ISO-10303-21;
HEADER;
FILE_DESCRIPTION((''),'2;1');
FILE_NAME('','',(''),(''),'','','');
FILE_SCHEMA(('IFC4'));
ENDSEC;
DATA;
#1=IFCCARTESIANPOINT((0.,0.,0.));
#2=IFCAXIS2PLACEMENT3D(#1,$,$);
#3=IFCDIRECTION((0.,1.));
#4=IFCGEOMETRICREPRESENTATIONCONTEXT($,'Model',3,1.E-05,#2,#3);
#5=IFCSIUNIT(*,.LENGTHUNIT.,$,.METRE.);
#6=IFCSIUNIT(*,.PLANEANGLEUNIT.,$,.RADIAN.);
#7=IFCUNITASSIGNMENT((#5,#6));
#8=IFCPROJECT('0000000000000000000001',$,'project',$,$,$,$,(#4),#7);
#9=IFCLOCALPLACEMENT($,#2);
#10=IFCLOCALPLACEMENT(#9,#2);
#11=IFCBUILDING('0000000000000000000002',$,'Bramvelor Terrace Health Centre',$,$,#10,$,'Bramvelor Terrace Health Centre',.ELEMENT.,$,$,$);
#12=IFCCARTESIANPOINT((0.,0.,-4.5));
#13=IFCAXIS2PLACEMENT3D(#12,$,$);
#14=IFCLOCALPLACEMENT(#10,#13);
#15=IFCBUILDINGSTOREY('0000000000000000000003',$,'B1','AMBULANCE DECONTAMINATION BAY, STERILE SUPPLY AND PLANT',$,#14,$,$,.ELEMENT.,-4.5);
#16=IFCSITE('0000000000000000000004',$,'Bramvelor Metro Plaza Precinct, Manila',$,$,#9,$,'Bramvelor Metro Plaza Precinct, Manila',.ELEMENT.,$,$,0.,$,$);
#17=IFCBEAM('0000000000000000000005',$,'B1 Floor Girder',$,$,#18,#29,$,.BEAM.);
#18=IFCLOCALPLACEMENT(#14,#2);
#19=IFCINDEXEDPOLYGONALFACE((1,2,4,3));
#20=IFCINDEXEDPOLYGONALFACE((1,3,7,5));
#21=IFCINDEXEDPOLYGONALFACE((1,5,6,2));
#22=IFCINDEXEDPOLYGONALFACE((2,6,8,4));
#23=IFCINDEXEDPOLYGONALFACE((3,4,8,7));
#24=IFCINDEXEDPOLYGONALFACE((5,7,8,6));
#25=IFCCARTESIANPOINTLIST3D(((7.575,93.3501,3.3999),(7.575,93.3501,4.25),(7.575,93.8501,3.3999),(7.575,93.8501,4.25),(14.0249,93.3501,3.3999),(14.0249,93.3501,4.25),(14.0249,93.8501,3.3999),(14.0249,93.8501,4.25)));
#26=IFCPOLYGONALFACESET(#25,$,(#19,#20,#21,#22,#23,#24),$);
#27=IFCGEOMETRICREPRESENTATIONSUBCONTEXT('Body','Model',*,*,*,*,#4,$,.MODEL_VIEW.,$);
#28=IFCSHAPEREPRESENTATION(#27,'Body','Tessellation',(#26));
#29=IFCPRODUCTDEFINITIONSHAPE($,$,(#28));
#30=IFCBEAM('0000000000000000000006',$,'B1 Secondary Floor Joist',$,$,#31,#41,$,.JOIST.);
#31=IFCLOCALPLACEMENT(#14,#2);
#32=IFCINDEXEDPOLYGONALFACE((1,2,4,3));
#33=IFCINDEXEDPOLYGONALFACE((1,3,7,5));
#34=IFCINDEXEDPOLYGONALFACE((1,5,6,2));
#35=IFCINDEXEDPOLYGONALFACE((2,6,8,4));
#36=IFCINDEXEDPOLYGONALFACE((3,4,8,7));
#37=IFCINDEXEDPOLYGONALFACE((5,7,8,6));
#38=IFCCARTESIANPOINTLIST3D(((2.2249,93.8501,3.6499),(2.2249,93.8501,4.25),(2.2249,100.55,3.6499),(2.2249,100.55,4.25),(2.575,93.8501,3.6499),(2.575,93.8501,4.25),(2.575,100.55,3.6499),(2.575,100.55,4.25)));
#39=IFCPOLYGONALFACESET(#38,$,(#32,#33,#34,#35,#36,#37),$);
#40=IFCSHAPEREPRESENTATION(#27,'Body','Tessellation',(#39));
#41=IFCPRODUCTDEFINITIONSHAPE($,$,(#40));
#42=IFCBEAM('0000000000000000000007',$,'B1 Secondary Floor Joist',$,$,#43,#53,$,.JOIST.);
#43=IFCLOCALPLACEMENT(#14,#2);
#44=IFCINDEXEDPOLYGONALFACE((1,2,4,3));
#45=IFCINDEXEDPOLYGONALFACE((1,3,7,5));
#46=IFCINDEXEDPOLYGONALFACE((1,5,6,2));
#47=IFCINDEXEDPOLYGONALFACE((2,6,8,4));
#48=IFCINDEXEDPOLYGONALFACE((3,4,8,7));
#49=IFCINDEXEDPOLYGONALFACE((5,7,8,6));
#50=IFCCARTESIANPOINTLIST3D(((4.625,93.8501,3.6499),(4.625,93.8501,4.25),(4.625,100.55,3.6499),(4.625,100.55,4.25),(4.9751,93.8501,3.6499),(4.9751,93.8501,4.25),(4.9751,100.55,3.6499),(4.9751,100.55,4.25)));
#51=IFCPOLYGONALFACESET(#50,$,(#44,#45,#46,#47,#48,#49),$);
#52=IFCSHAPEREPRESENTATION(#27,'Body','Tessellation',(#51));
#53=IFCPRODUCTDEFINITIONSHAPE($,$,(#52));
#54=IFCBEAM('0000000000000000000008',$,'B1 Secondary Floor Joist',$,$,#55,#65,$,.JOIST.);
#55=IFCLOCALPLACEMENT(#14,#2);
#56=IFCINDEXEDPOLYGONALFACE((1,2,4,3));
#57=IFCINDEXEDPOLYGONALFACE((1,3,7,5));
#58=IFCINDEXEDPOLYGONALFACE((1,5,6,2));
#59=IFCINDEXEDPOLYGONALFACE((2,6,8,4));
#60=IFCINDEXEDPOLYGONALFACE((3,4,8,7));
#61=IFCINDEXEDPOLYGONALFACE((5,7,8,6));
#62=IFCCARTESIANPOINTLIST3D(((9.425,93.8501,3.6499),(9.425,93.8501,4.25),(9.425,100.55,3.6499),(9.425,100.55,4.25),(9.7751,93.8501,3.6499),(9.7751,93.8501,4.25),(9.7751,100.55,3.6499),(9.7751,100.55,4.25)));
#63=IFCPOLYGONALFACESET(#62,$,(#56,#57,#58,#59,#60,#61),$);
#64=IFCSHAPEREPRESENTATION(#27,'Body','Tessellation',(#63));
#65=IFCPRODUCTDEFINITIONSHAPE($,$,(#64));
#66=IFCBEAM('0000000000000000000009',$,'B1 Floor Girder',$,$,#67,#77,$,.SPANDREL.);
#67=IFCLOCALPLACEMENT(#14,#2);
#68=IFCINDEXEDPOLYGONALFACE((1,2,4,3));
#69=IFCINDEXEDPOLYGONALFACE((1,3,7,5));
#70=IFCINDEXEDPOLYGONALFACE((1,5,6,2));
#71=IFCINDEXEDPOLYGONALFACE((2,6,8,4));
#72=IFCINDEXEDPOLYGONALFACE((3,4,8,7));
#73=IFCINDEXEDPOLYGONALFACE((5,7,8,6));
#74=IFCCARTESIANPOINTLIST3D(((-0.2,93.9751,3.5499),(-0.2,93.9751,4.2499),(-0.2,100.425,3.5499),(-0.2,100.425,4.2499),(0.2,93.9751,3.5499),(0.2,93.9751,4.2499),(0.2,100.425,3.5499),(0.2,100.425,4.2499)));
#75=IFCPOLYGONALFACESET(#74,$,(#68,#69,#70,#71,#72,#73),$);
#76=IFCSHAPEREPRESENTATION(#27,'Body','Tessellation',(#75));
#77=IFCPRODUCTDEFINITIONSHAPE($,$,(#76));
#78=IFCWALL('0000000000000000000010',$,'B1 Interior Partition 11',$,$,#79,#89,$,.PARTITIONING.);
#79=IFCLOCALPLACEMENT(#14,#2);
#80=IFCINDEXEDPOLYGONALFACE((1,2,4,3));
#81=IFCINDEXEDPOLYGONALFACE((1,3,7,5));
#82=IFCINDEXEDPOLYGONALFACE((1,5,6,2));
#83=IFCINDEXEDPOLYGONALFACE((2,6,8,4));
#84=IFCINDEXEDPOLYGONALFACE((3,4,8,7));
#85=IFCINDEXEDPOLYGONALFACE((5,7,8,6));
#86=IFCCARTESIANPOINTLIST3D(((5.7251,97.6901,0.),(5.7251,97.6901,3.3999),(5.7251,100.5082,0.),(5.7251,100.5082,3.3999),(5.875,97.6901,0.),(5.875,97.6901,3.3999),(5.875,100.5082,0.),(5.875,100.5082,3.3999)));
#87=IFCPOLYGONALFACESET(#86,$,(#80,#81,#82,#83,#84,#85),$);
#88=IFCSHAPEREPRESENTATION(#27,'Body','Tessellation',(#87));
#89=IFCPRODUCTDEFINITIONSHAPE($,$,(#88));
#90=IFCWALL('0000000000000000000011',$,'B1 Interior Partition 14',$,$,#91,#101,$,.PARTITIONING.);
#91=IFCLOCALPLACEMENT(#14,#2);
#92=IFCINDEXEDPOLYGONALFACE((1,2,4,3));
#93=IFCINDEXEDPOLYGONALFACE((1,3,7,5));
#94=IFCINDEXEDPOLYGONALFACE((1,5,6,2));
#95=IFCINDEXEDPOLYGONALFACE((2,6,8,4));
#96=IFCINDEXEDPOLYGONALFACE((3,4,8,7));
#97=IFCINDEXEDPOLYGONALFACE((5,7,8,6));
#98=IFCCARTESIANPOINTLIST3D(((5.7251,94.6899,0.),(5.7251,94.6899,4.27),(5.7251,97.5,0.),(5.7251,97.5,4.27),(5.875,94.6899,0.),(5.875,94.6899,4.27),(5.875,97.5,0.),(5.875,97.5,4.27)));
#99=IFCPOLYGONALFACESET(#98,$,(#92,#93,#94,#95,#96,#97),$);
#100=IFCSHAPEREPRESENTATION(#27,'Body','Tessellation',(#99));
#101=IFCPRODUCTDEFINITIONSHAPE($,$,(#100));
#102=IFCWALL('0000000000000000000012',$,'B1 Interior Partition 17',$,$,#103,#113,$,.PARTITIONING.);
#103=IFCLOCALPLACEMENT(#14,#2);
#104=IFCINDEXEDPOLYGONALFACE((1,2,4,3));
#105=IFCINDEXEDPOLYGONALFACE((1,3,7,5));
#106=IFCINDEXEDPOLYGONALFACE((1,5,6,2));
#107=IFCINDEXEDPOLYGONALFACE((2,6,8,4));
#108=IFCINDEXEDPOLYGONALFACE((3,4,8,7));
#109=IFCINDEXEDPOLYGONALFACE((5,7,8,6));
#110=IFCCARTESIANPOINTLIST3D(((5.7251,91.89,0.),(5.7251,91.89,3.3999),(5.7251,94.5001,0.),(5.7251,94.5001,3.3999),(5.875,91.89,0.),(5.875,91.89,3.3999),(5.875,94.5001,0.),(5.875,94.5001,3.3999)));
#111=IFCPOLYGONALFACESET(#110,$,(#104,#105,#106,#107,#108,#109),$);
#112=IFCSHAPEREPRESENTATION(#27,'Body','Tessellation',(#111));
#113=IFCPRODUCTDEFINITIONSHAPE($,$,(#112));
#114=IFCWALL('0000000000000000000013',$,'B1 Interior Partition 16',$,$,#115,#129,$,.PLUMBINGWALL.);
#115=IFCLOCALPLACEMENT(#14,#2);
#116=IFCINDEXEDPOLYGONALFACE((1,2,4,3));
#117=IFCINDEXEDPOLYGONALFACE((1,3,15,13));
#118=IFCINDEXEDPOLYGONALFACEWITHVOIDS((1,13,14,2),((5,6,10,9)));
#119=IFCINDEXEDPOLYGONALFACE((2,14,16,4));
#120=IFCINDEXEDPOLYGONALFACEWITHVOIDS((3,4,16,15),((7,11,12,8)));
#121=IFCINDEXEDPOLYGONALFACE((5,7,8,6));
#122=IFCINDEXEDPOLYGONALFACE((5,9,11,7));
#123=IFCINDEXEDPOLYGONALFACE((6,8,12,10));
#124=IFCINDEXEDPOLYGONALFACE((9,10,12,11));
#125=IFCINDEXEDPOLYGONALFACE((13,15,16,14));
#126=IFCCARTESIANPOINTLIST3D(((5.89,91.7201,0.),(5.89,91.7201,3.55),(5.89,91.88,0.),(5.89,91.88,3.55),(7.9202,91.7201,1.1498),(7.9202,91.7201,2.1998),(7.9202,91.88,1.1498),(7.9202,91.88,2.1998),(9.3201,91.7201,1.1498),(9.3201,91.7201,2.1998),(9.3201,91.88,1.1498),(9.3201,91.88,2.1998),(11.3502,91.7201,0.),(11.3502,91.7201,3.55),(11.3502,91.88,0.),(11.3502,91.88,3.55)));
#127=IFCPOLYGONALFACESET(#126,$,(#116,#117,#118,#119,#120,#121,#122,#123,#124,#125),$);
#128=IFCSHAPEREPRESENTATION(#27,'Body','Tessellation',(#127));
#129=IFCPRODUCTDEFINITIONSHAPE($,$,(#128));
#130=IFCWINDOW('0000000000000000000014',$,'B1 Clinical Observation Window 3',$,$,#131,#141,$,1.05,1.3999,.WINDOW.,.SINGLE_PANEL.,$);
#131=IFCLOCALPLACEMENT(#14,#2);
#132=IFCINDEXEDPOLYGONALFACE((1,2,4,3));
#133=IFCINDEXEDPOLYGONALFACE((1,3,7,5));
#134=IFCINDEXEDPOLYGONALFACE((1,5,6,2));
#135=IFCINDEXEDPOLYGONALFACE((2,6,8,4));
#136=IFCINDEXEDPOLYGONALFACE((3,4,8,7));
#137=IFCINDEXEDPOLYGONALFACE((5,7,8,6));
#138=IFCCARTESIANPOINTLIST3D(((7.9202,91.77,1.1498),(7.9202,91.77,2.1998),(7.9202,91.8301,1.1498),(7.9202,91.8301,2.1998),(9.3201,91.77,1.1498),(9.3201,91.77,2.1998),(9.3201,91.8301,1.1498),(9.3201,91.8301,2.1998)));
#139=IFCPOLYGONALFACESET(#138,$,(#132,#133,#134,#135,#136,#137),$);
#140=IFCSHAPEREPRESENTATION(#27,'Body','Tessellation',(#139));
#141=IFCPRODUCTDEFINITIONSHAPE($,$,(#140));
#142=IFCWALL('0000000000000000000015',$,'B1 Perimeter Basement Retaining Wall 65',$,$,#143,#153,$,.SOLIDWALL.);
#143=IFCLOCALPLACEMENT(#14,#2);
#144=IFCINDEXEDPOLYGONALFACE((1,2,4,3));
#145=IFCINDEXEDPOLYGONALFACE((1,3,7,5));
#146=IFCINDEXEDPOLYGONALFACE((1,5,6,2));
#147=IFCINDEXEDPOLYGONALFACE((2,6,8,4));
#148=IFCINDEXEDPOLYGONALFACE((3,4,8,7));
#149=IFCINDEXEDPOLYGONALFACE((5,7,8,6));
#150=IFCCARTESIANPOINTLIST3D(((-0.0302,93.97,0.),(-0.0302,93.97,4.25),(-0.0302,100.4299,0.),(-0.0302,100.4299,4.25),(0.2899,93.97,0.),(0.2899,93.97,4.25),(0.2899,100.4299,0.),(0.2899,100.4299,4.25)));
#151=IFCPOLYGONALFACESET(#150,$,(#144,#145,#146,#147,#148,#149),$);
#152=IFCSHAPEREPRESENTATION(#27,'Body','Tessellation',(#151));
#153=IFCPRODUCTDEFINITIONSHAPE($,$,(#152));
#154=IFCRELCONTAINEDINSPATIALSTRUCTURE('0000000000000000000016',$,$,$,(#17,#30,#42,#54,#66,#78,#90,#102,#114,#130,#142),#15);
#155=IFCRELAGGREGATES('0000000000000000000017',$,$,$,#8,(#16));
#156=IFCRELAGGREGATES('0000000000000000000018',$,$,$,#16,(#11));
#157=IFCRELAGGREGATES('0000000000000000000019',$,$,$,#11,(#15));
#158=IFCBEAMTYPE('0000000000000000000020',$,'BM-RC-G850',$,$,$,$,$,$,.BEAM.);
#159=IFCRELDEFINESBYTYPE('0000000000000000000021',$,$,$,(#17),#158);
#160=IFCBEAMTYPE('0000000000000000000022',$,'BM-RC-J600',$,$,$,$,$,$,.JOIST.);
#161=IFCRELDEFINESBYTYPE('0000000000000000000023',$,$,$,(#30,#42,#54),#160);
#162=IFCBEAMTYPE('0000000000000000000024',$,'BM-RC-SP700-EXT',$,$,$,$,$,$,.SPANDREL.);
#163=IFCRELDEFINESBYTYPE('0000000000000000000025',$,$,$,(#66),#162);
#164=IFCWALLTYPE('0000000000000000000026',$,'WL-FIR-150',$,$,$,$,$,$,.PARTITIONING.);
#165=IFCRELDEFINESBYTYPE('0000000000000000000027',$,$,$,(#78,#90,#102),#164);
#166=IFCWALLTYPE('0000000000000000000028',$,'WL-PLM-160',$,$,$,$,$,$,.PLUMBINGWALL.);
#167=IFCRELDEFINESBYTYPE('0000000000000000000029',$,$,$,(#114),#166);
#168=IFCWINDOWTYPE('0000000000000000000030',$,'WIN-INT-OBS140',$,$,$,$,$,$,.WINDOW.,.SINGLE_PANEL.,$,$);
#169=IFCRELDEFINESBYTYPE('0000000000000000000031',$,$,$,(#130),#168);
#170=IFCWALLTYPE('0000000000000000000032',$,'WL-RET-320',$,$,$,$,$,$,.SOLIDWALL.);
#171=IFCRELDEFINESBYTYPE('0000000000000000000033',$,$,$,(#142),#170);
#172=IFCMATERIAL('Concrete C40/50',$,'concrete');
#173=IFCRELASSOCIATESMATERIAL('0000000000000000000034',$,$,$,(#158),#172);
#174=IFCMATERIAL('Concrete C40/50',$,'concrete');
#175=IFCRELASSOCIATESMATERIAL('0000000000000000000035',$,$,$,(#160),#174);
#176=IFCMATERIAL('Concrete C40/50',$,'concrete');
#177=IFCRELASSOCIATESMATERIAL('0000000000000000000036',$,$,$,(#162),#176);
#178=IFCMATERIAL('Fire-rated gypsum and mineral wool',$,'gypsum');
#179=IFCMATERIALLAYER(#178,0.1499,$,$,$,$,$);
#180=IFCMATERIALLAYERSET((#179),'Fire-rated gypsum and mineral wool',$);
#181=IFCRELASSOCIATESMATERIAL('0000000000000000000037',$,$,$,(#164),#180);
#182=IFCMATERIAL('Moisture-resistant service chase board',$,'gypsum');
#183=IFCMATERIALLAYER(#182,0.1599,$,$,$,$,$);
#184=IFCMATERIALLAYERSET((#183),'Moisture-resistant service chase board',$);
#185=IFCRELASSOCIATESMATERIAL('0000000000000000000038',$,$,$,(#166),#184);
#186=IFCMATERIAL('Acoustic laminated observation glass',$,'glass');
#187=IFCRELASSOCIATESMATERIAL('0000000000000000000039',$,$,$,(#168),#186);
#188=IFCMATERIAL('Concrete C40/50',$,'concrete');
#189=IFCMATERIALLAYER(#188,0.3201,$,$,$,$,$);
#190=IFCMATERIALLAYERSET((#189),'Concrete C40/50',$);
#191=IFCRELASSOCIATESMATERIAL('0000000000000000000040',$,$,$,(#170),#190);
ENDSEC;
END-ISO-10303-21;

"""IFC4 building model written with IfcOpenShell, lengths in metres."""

from ifc_helpers import new_model, si_unit, direction, frame, frame_2d, origin, origin_2d, place, context, subcontext, project, spatial, rectangle, extrude, material, layer, layer_set, material_profile, profile_set, type_object, element, fill, save


model = new_model("IFC4")

# Units and contexts
model_context = context("Model", 3, precision=1e-05, world=origin(), true_north=direction((0.0, 1.0)))
body_context = subcontext(model_context, "Body", "Model", "MODEL_VIEW")
ifc_project = project(units=[si_unit("LENGTHUNIT", "METRE"), si_unit("PLANEANGLEUNIT", "RADIAN")], contexts=[model_context])

# Site, building, storey
site_placement = place(None, origin())
site = spatial("IfcSite", under=ifc_project, at=site_placement, Name="Bramvelor Metro Plaza Precinct, Manila", LongName="Bramvelor Metro Plaza Precinct, Manila", CompositionType="ELEMENT", RefElevation=0.0)
building_placement = place(site_placement, origin())
building = spatial("IfcBuilding", under=site, at=building_placement, Name="Bramvelor Terrace Health Centre", LongName="Bramvelor Terrace Health Centre", CompositionType="ELEMENT")
storey_placement = place(building_placement, frame((0.0, 0.0, -4.5)))
storey = spatial("IfcBuildingStorey", under=building, at=storey_placement, Name="B1", Description="AMBULANCE DECONTAMINATION BAY, STERILE SUPPLY AND PLANT", CompositionType="ELEMENT", Elevation=-4.5)

# Beams
ifc_material_1 = material(Name="Concrete C40/50", Category="concrete")
ifc_material_profile_1 = material_profile(ifc_material_1, rectangle(XDim=0.5, YDim=0.8501, at=origin_2d()), Name="RC 500x850")
ifc_profile_set_1 = profile_set([ifc_material_profile_1], Name="Concrete C40/50")
beam_type_1 = type_object("IfcBeamType", Name="BM-RC-G850", PredefinedType="BEAM", material=ifc_profile_set_1)
for number, where, z_axis, x_axis, name in (
    (1, (7.575, 93.6001, 3.825), (1.0, 0.0, 0.0), (0.0, 1.0, 0.0), "B1 Floor Girder"),
):
    element("IfcBeam", number, at=place(storey_placement, frame(where, z_axis=z_axis, x_axis=x_axis)), inside=storey, type_object=beam_type_1, Name=name, PredefinedType="BEAM", context=body_context, shape_type="SweptSolid", body=[
        extrude(rectangle(XDim=0.5, YDim=0.8501, at=origin_2d()), origin(), (0.0, 0.0, 1.0), 6.45),
    ])
ifc_material_2 = material(Name="Concrete C40/50", Category="concrete")
ifc_material_profile_2 = material_profile(ifc_material_2, rectangle(XDim=0.3501, YDim=0.6001, at=origin_2d()), Name="RC 350x600")
ifc_profile_set_2 = profile_set([ifc_material_profile_2], Name="Concrete C40/50")
beam_type_2 = type_object("IfcBeamType", Name="BM-RC-J600", PredefinedType="JOIST", material=ifc_profile_set_2)
for number, where, z_axis, x_axis, name in (
    (2, (2.3999, 93.8501, 3.95), (0.0, 1.0, 0.0), (-1.0, 0.0, 0.0), "B1 Secondary Floor Joist"),
    (3, (4.8, 93.8501, 3.95), (0.0, 1.0, 0.0), (-1.0, 0.0, 0.0), "B1 Secondary Floor Joist"),
    (4, (9.6001, 93.8501, 3.95), (0.0, 1.0, 0.0), (-1.0, 0.0, 0.0), "B1 Secondary Floor Joist"),
):
    element("IfcBeam", number, at=place(storey_placement, frame(where, z_axis=z_axis, x_axis=x_axis)), inside=storey, type_object=beam_type_2, Name=name, PredefinedType="JOIST", context=body_context, shape_type="SweptSolid", body=[
        extrude(rectangle(XDim=0.3501, YDim=0.6001, at=origin_2d()), origin(), (0.0, 0.0, 1.0), 6.7),
    ])
ifc_material_3 = material(Name="Concrete C40/50", Category="concrete")
ifc_material_profile_3 = material_profile(ifc_material_3, rectangle(XDim=0.3999, YDim=0.7, at=origin_2d()), Name="RC 400x700")
ifc_profile_set_3 = profile_set([ifc_material_profile_3], Name="Concrete C40/50")
beam_type_3 = type_object("IfcBeamType", Name="BM-RC-SP700-EXT", PredefinedType="SPANDREL", material=ifc_profile_set_3)
beam_1_placement = place(storey_placement, frame((0.0, 93.9751, 3.8999), z_axis=(0.0, 1.0, 0.0), x_axis=(-1.0, 0.0, 0.0)))
element("IfcBeam", 5, at=beam_1_placement, inside=storey, type_object=beam_type_3, Name="B1 Floor Girder", PredefinedType="SPANDREL", context=body_context, shape_type="SweptSolid", body=[
    extrude(rectangle(XDim=0.3999, YDim=0.7, at=origin_2d()), origin(), (0.0, 0.0, 1.0), 6.45),
])

# Walls
ifc_material_4 = material(Name="Fire-rated gypsum and mineral wool", Category="gypsum")
ifc_layer_1 = layer(ifc_material_4, 0.1499)
ifc_layer_set_1 = layer_set([ifc_layer_1], Name="Fire-rated gypsum and mineral wool")
wall_type_1 = type_object("IfcWallType", Name="WL-FIR-150", PredefinedType="PARTITIONING", material=ifc_layer_set_1)
wall_1_placement = place(storey_placement, frame((5.8, 97.6899, 0.0), z_axis=(0.0, 0.0, 1.0), x_axis=(0.0, 1.0, 0.0)))
element("IfcWall", 6, at=wall_1_placement, inside=storey, type_object=wall_type_1, Name="B1 Interior Partition 11", PredefinedType="PARTITIONING", context=body_context, shape_type="SweptSolid", body=[
    extrude(rectangle(XDim=2.8181, YDim=0.1499, at=frame_2d((1.4092, 0.0))), origin(), (0.0, 0.0, 1.0), 3.3999),
])
wall_2_placement = place(storey_placement, frame((5.8, 94.6899, 0.0), z_axis=(0.0, 0.0, 1.0), x_axis=(0.0, 1.0, 0.0)))
element("IfcWall", 7, at=wall_2_placement, inside=storey, type_object=wall_type_1, Name="B1 Interior Partition 14", PredefinedType="PARTITIONING", context=body_context, shape_type="SweptSolid", body=[
    extrude(rectangle(XDim=2.8101, YDim=0.1499, at=frame_2d((1.405, 0.0))), origin(), (0.0, 0.0, 1.0), 4.27),
])
wall_3_placement = place(storey_placement, frame((5.8, 91.8899, 0.0), z_axis=(0.0, 0.0, 1.0), x_axis=(0.0, 1.0, 0.0)))
element("IfcWall", 8, at=wall_3_placement, inside=storey, type_object=wall_type_1, Name="B1 Interior Partition 17", PredefinedType="PARTITIONING", context=body_context, shape_type="SweptSolid", body=[
    extrude(rectangle(XDim=2.6101, YDim=0.1499, at=frame_2d((1.3052, 0.0))), origin(), (0.0, 0.0, 1.0), 3.3999),
])

# Wall, opening, window
ifc_material_5 = material(Name="Moisture-resistant service chase board", Category="gypsum")
ifc_layer_2 = layer(ifc_material_5, 0.1599)
ifc_layer_set_2 = layer_set([ifc_layer_2], Name="Moisture-resistant service chase board")
wall_type_2 = type_object("IfcWallType", Name="WL-PLM-160", PredefinedType="PLUMBINGWALL", material=ifc_layer_set_2)
wall_4_placement = place(storey_placement, frame((11.3501, 91.8, 0.0), z_axis=(0.0, 0.0, 1.0), x_axis=(-1.0, 0.0, 0.0)))
wall_4 = element("IfcWall", 9, at=wall_4_placement, inside=storey, type_object=wall_type_2, Name="B1 Interior Partition 16", PredefinedType="PLUMBINGWALL", context=body_context, shape_type="SweptSolid", body=[
    extrude(rectangle(XDim=5.4602, YDim=0.1599, at=frame_2d((2.73, 0.0))), origin(), (0.0, 0.0, 1.0), 3.55),
])
opening_placement = place(wall_4_placement, frame((2.03, 0.0, 1.1499)))
opening = element("IfcOpeningElement", 10, at=opening_placement, cuts=wall_4, PredefinedType="OPENING", context=body_context, shape_type="SweptSolid", body=[
    extrude(rectangle(XDim=1.3999, YDim=1.05, at=frame_2d((0.7, 0.5249))), frame((0.0, 0.0898, 0.0), z_axis=(0.0, -1.0, 0.0), x_axis=(1.0, 0.0, 0.0)), (0.0, 0.0, 1.0), 0.1799),
])
ifc_material_6 = material(Name="Acoustic laminated observation glass", Category="glass")
window_type = type_object("IfcWindowType", Name="WIN-INT-OBS140", PartitioningType="SINGLE_PANEL", PredefinedType="WINDOW", material=ifc_material_6)
window_placement = place(opening_placement, origin())
window = element("IfcWindow", 11, at=window_placement, inside=storey, type_object=window_type, Name="B1 Clinical Observation Window 3", OverallHeight=1.05, OverallWidth=1.3999, PartitioningType="SINGLE_PANEL", PredefinedType="WINDOW", context=body_context, shape_type="SweptSolid", body=[
    extrude(rectangle(XDim=1.3999, YDim=1.05, at=frame_2d((0.7, 0.5249))), frame((0.0, 0.03, 0.0), z_axis=(0.0, -1.0, 0.0), x_axis=(1.0, 0.0, 0.0)), (0.0, 0.0, 1.0), 0.0601),
])
fill(opening, window)

# Wall
ifc_material_7 = material(Name="Concrete C40/50", Category="concrete")
ifc_layer_3 = layer(ifc_material_7, 0.3201)
ifc_layer_set_3 = layer_set([ifc_layer_3], Name="Concrete C40/50")
wall_type_3 = type_object("IfcWallType", Name="WL-RET-320", PredefinedType="SOLIDWALL", material=ifc_layer_set_3)
wall_5_placement = place(storey_placement, frame((0.1299, 93.97, 0.0), z_axis=(0.0, 0.0, 1.0), x_axis=(0.0, 1.0, 0.0)))
element("IfcWall", 12, at=wall_5_placement, inside=storey, type_object=wall_type_3, Name="B1 Perimeter Basement Retaining Wall 65", PredefinedType="SOLIDWALL", context=body_context, shape_type="SweptSolid", body=[
    extrude(rectangle(XDim=6.46, YDim=0.3201, at=frame_2d((3.23, 0.0))), origin(), (0.0, 0.0, 1.0), 4.25),
])

save(model, "model.ifc")
